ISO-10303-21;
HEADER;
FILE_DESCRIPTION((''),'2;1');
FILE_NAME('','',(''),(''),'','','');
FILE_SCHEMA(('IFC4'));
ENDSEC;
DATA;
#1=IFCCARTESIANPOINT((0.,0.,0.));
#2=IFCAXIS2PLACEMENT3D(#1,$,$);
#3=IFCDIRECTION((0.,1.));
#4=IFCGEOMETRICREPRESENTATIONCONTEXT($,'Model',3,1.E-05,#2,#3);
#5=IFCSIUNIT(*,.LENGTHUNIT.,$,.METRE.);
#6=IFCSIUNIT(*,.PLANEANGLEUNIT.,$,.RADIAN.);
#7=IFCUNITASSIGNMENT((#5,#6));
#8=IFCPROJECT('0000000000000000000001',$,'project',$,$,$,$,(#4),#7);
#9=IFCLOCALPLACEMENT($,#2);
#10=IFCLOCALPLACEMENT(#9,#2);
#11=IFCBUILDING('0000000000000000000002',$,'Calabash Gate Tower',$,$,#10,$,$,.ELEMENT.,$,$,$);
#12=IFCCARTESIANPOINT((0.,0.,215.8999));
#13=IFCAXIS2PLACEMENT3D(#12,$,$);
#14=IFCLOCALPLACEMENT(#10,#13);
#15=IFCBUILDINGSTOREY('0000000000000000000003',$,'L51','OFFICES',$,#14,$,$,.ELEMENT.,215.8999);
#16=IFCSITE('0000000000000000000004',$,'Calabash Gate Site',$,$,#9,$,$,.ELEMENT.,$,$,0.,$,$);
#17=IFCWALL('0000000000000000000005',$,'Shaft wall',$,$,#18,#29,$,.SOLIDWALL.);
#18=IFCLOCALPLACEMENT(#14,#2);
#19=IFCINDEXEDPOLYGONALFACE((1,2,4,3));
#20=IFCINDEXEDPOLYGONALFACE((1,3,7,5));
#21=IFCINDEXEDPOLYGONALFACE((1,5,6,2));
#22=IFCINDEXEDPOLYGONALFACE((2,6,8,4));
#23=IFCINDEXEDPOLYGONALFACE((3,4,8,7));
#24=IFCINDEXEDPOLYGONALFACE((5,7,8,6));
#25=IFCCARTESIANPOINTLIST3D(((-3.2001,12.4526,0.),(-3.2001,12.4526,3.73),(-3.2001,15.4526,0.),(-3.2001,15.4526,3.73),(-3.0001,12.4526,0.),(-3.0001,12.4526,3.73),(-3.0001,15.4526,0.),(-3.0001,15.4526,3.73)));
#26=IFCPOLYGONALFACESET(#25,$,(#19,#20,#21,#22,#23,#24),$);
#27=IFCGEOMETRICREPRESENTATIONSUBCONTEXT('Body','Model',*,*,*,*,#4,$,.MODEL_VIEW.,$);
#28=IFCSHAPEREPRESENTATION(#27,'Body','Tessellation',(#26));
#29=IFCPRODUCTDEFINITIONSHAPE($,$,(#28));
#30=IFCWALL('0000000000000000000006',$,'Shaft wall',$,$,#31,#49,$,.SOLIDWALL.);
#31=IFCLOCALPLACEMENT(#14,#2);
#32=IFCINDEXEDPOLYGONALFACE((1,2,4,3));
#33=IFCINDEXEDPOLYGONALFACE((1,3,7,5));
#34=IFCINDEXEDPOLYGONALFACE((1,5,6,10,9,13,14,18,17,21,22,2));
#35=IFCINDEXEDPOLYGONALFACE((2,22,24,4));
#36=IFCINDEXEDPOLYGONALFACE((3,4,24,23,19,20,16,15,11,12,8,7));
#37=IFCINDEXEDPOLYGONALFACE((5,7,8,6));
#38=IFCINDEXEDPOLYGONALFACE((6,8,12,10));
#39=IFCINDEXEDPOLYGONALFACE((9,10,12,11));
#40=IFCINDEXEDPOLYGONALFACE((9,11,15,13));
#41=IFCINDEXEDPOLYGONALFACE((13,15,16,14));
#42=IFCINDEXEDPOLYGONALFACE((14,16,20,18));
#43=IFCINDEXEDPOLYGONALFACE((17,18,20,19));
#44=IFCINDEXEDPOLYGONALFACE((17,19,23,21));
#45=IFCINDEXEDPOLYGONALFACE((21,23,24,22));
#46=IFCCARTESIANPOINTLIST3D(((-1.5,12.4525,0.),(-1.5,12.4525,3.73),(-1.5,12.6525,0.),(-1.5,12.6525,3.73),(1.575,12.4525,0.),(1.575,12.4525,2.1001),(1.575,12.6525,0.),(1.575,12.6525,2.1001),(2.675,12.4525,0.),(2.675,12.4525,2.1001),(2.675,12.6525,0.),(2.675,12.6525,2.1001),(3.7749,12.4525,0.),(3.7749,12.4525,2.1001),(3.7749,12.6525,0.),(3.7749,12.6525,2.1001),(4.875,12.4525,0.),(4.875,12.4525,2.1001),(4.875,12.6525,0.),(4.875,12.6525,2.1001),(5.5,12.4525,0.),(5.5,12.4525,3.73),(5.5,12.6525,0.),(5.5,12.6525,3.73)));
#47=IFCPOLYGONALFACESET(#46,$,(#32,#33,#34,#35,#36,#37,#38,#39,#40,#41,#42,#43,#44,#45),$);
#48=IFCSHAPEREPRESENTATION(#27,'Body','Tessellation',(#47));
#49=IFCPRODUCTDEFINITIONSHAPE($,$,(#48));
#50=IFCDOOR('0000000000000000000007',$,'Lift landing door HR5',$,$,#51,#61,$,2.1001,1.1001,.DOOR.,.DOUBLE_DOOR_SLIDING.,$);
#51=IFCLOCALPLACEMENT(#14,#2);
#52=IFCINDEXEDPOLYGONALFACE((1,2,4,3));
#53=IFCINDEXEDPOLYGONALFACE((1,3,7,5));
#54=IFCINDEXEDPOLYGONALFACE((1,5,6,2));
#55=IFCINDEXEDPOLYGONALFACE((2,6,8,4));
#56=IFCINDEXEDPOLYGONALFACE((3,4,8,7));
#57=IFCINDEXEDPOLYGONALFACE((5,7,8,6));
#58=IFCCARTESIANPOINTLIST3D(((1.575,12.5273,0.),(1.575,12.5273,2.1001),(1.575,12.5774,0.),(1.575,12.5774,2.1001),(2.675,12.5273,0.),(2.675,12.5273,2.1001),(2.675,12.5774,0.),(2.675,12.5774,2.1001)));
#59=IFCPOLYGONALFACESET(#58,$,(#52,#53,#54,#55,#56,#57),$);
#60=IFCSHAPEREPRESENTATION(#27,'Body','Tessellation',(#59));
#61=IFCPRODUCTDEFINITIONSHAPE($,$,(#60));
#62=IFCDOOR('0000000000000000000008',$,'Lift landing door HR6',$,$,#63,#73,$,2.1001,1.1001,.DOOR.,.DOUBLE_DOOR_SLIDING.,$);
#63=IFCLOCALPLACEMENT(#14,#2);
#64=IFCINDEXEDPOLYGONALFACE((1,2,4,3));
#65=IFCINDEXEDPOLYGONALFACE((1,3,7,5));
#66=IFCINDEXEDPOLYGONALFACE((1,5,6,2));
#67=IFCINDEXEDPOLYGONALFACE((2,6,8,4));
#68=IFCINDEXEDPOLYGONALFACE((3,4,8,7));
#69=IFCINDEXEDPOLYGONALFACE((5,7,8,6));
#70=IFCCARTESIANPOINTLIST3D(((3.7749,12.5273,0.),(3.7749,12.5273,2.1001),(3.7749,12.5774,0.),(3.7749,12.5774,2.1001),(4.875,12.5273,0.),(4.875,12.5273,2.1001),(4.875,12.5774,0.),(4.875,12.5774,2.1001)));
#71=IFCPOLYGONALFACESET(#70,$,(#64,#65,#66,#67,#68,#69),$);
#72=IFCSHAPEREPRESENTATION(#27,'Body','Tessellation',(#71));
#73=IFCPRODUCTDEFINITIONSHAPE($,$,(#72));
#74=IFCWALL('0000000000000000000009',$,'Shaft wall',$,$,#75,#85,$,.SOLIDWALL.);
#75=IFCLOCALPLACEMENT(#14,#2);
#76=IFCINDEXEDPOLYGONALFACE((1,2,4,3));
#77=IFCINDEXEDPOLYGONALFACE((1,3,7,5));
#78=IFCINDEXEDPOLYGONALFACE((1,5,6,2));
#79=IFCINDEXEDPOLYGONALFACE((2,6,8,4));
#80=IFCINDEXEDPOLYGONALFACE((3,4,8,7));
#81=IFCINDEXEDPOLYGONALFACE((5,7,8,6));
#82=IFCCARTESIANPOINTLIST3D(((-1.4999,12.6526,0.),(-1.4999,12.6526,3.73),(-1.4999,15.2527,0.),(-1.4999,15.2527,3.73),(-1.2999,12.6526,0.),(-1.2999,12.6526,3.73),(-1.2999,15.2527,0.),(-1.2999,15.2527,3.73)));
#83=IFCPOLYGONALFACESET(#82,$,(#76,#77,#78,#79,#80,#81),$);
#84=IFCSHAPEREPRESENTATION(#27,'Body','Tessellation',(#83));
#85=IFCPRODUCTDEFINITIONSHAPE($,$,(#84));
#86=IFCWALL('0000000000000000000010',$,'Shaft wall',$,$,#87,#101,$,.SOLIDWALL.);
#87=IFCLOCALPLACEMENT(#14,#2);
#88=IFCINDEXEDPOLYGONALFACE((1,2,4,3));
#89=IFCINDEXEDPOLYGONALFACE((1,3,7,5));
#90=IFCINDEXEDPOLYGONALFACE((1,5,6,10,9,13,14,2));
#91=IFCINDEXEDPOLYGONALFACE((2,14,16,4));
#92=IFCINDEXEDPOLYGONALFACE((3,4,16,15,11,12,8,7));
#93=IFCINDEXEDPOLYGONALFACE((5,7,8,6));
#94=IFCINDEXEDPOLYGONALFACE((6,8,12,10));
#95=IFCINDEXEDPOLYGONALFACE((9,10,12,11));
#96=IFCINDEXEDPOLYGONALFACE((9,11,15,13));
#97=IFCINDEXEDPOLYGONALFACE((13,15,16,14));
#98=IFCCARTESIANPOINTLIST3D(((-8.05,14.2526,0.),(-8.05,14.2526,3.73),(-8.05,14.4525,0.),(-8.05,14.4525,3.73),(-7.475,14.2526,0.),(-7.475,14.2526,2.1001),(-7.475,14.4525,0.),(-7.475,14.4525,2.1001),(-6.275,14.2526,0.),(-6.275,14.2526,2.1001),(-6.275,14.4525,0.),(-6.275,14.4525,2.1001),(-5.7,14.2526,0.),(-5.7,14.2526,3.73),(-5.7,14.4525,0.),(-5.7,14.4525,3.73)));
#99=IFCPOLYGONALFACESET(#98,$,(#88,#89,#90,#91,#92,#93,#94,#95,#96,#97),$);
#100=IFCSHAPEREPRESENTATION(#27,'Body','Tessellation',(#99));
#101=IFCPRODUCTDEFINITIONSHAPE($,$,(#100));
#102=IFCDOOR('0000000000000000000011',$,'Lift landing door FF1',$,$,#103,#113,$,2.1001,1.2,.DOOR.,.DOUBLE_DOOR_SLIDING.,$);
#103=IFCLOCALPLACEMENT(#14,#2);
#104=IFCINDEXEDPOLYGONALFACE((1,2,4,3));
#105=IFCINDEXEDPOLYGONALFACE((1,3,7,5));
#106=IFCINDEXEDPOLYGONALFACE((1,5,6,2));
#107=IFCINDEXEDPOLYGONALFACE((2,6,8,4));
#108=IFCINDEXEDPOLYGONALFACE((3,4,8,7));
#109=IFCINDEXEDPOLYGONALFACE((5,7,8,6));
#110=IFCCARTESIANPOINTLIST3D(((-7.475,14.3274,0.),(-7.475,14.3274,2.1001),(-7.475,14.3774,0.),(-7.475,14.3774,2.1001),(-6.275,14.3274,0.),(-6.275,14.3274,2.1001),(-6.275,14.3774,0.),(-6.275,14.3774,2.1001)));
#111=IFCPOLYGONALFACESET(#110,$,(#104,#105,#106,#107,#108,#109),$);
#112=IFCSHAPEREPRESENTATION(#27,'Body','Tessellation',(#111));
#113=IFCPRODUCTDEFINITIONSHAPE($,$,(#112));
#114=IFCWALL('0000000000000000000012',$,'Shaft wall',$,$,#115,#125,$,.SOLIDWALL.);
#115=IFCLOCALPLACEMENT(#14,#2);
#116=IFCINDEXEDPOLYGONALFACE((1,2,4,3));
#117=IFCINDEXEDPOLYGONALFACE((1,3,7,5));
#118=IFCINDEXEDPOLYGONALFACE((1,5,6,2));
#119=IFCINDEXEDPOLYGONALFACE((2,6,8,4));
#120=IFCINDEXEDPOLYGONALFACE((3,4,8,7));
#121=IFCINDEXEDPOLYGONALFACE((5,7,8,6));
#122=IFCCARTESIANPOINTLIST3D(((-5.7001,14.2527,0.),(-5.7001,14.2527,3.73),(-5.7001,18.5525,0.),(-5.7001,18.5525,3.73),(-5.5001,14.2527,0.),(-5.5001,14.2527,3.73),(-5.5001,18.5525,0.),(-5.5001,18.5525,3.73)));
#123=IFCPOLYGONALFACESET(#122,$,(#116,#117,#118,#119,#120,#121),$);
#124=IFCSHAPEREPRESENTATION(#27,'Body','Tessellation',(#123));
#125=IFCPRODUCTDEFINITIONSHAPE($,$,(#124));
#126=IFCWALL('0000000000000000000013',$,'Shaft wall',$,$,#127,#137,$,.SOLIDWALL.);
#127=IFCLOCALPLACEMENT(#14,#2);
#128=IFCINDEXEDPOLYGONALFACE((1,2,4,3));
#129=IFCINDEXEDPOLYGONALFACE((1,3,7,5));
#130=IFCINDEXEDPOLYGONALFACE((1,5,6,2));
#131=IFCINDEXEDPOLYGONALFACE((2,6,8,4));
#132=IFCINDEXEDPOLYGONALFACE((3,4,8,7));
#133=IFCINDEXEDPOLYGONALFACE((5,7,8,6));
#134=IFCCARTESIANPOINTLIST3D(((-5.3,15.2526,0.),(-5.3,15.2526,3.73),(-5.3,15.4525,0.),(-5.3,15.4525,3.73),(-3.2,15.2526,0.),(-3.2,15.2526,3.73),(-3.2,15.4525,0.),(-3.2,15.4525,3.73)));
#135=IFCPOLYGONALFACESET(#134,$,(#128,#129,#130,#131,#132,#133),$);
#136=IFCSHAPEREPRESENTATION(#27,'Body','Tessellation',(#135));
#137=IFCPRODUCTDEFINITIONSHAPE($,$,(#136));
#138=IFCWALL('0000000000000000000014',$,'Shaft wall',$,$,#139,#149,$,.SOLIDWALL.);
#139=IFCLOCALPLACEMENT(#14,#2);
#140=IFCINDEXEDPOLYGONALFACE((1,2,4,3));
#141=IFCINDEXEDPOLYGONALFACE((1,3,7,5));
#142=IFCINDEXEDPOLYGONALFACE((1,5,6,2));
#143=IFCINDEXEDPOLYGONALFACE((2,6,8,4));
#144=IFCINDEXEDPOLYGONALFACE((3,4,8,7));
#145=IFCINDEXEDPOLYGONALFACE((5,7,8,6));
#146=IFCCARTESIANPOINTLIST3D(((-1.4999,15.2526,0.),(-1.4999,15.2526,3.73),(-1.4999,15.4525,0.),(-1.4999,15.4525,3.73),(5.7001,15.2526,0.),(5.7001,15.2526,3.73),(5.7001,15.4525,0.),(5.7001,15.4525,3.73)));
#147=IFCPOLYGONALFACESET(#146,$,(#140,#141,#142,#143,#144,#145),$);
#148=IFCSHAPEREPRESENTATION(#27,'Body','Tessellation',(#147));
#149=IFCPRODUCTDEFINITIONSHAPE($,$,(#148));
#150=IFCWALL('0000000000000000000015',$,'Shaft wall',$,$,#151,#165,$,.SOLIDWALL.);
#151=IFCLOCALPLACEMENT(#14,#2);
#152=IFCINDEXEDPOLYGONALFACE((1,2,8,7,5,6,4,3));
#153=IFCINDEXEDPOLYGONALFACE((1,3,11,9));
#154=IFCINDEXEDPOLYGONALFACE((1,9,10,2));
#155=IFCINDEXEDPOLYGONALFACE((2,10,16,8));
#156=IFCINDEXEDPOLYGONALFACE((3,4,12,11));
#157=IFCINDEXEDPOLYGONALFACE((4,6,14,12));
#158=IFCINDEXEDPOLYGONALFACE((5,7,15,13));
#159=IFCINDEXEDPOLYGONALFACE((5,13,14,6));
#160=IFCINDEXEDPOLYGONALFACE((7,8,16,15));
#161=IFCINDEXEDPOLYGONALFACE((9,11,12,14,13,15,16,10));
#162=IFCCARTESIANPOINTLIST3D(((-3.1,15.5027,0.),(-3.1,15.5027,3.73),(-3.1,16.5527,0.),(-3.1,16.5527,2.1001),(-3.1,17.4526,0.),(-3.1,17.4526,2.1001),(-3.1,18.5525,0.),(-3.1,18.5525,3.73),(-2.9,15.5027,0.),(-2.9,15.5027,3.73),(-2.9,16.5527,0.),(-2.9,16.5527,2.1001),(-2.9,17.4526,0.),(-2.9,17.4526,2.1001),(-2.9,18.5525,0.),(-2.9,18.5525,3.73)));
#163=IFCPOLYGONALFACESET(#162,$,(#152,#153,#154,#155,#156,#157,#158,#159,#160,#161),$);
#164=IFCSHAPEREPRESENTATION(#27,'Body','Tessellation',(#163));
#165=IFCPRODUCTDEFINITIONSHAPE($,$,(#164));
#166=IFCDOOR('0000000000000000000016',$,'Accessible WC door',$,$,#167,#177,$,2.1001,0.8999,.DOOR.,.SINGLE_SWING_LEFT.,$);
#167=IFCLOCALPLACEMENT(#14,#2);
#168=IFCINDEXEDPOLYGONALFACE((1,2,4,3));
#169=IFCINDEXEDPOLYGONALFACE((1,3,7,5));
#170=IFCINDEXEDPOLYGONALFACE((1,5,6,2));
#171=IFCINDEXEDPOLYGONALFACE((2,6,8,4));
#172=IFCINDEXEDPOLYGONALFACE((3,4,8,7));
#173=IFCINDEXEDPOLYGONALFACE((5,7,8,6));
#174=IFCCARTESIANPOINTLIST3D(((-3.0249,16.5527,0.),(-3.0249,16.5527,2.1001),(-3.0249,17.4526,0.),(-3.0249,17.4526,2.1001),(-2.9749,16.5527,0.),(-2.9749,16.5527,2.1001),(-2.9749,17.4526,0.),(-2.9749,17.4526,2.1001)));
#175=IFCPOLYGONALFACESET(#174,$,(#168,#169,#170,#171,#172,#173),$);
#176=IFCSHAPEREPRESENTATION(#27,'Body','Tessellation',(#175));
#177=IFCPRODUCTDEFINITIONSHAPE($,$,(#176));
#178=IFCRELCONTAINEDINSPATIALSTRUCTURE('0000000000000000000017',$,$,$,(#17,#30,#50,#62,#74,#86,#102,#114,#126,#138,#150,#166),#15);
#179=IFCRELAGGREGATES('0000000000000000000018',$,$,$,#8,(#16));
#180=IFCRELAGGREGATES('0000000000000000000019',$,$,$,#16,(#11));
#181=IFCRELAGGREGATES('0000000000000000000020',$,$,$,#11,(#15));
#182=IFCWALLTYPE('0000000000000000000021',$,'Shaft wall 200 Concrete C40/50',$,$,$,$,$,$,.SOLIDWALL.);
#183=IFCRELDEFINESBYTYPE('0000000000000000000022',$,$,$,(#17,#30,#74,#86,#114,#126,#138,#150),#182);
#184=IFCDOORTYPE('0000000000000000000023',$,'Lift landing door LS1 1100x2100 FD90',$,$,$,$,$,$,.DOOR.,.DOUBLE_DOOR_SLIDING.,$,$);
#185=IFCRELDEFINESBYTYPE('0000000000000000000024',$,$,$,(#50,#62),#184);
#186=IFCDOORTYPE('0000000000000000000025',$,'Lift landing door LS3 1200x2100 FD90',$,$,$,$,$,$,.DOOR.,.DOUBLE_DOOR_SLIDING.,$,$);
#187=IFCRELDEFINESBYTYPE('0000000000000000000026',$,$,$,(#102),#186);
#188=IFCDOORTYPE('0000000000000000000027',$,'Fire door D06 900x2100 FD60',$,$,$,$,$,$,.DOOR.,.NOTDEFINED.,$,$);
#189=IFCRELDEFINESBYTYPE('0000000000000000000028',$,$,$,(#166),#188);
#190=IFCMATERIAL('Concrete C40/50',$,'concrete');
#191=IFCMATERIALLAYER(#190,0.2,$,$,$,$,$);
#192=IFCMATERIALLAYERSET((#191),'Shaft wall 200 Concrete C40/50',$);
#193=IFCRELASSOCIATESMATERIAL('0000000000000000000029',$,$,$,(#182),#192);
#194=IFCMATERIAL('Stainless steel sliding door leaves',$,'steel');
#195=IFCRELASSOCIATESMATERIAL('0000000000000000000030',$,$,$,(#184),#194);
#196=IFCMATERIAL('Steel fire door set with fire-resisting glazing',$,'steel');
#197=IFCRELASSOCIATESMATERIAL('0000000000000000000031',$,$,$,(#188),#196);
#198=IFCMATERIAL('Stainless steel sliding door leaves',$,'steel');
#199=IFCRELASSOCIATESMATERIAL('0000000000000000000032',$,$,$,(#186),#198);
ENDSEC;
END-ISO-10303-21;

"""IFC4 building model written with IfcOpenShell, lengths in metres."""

from ifc_helpers import new_model, si_unit, direction, frame, frame_2d, origin, place, context, subcontext, project, spatial, rectangle, extrude, material, layer, layer_set, type_object, element, fill, save


model = new_model("IFC4")

# Units and contexts
model_context = context("Model", 3, precision=1e-05, world=origin(), true_north=direction((0.0, 1.0)))
body_context = subcontext(model_context, "Body", "Model", "MODEL_VIEW")
ifc_project = project(units=[si_unit("LENGTHUNIT", "METRE"), si_unit("PLANEANGLEUNIT", "RADIAN")], contexts=[model_context])

# Site, building, storey
site_placement = place(None, origin())
site = spatial("IfcSite", under=ifc_project, at=site_placement, Name="Calabash Gate Site", CompositionType="ELEMENT", RefElevation=0.0)
building_placement = place(site_placement, origin())
building = spatial("IfcBuilding", under=site, at=building_placement, Name="Calabash Gate Tower", CompositionType="ELEMENT")
storey_placement = place(building_placement, frame((0.0, 0.0, 215.8999)))
storey = spatial("IfcBuildingStorey", under=building, at=storey_placement, Name="L51", Description="OFFICES", CompositionType="ELEMENT", Elevation=215.8999)

# Shared definitions
ifc_material_1 = material(Name="Concrete C40/50", Category="concrete")
ifc_layer = layer(ifc_material_1, 0.2)
ifc_layer_set = layer_set([ifc_layer], Name="Shaft wall 200 Concrete C40/50")
wall_type = type_object("IfcWallType", Name="Shaft wall 200 Concrete C40/50", PredefinedType="SOLIDWALL", material=ifc_layer_set)

# Shared definitions
ifc_material_2 = material(Name="Stainless steel sliding door leaves", Category="steel")
door_type_1 = type_object("IfcDoorType", Name="Lift landing door LS1 1100x2100 FD90", OperationType="DOUBLE_DOOR_SLIDING", PredefinedType="DOOR", material=ifc_material_2)

# Shared definitions
ifc_material_3 = material(Name="Steel fire door set with fire-resisting glazing", Category="steel")
door_type_2 = type_object("IfcDoorType", Name="Fire door D06 900x2100 FD60", OperationType="NOTDEFINED", PredefinedType="DOOR", material=ifc_material_3)

# Wall
wall_1_placement = place(storey_placement, frame((-3.1001, 12.4526, 0.0), z_axis=(0.0, 0.0, 1.0), x_axis=(0.0, 1.0, 0.0)))
element("IfcWall", 1, at=wall_1_placement, inside=storey, type_object=wall_type, Name="Shaft wall", PredefinedType="SOLIDWALL", context=body_context, shape_type="SweptSolid", body=[
    extrude(rectangle(XDim=3.0, YDim=0.2, at=frame_2d((1.5, 0.0))), origin(), (0.0, 0.0, 1.0), 3.73),
])

# Wall, openings, doors
wall_2_placement = place(storey_placement, frame((-1.5, 12.5525, 0.0), z_axis=(0.0, 0.0, 1.0), x_axis=(1.0, 0.0, 0.0)))
wall_2 = element("IfcWall", 2, at=wall_2_placement, inside=storey, type_object=wall_type, Name="Shaft wall", PredefinedType="SOLIDWALL", context=body_context, shape_type="SweptSolid", body=[
    extrude(rectangle(XDim=7.0, YDim=0.2, at=frame_2d((3.5, 0.0))), origin(), (0.0, 0.0, 1.0), 3.73),
])
opening_1_placement = place(wall_2_placement, frame((3.075, 0.0, 0.0)))
opening_1 = element("IfcOpeningElement", 3, at=opening_1_placement, cuts=wall_2, PredefinedType="OPENING", context=body_context, shape_type="SweptSolid", body=[
    extrude(rectangle(XDim=1.1001, YDim=2.1001, at=frame_2d((0.55, 1.05))), frame((0.0, 0.1099, 0.0), z_axis=(0.0, -1.0, 0.0), x_axis=(1.0, 0.0, 0.0)), (0.0, 0.0, 1.0), 0.22),
])
opening_2_placement = place(wall_2_placement, frame((5.2749, 0.0, 0.0)))
opening_2 = element("IfcOpeningElement", 4, at=opening_2_placement, cuts=wall_2, PredefinedType="OPENING", context=body_context, shape_type="SweptSolid", body=[
    extrude(rectangle(XDim=1.1001, YDim=2.1001, at=frame_2d((0.55, 1.05))), frame((0.0, 0.1099, 0.0), z_axis=(0.0, -1.0, 0.0), x_axis=(1.0, 0.0, 0.0)), (0.0, 0.0, 1.0), 0.22),
])
door_1_placement = place(opening_1_placement, origin())
door_1 = element("IfcDoor", 5, at=door_1_placement, inside=storey, type_object=door_type_1, Name="Lift landing door HR5", OperationType="DOUBLE_DOOR_SLIDING", OverallHeight=2.1001, OverallWidth=1.1001, PredefinedType="DOOR", context=body_context, shape_type="SweptSolid", body=[
    extrude(rectangle(XDim=1.1001, YDim=2.1001, at=frame_2d((0.55, 1.05))), frame((0.0, 0.0249, 0.0), z_axis=(0.0, -1.0, 0.0), x_axis=(1.0, 0.0, 0.0)), (0.0, 0.0, 1.0), 0.05),
])
fill(opening_1, door_1)
door_2_placement = place(opening_2_placement, origin())
door_2 = element("IfcDoor", 6, at=door_2_placement, inside=storey, type_object=door_type_1, Name="Lift landing door HR6", OperationType="DOUBLE_DOOR_SLIDING", OverallHeight=2.1001, OverallWidth=1.1001, PredefinedType="DOOR", context=body_context, shape_type="SweptSolid", body=[
    extrude(rectangle(XDim=1.1001, YDim=2.1001, at=frame_2d((0.55, 1.05))), frame((0.0, 0.0249, 0.0), z_axis=(0.0, -1.0, 0.0), x_axis=(1.0, 0.0, 0.0)), (0.0, 0.0, 1.0), 0.05),
])
fill(opening_2, door_2)

# Wall
wall_3_placement = place(storey_placement, frame((-1.3999, 12.6526, 0.0), z_axis=(0.0, 0.0, 1.0), x_axis=(0.0, 1.0, 0.0)))
element("IfcWall", 7, at=wall_3_placement, inside=storey, type_object=wall_type, Name="Shaft wall", PredefinedType="SOLIDWALL", context=body_context, shape_type="SweptSolid", body=[
    extrude(rectangle(XDim=2.6001, YDim=0.2, at=frame_2d((1.3, 0.0))), origin(), (0.0, 0.0, 1.0), 3.73),
])

# Wall, opening, door
wall_4_placement = place(storey_placement, frame((-8.05, 14.3525, 0.0), z_axis=(0.0, 0.0, 1.0), x_axis=(1.0, 0.0, 0.0)))
wall_4 = element("IfcWall", 8, at=wall_4_placement, inside=storey, type_object=wall_type, Name="Shaft wall", PredefinedType="SOLIDWALL", context=body_context, shape_type="SweptSolid", body=[
    extrude(rectangle(XDim=2.3501, YDim=0.2, at=frame_2d((1.175, 0.0))), origin(), (0.0, 0.0, 1.0), 3.73),
])
opening_3_placement = place(wall_4_placement, frame((0.575, 0.0, 0.0)))
opening_3 = element("IfcOpeningElement", 9, at=opening_3_placement, cuts=wall_4, PredefinedType="OPENING", context=body_context, shape_type="SweptSolid", body=[
    extrude(rectangle(XDim=1.2, YDim=2.1001, at=frame_2d((0.6001, 1.05))), frame((0.0, 0.1099, 0.0), z_axis=(0.0, -1.0, 0.0), x_axis=(1.0, 0.0, 0.0)), (0.0, 0.0, 1.0), 0.22),
])
ifc_material_4 = material(Name="Stainless steel sliding door leaves", Category="steel")
door_type_3 = type_object("IfcDoorType", Name="Lift landing door LS3 1200x2100 FD90", OperationType="DOUBLE_DOOR_SLIDING", PredefinedType="DOOR", material=ifc_material_4)
door_3_placement = place(opening_3_placement, origin())
door_3 = element("IfcDoor", 10, at=door_3_placement, inside=storey, type_object=door_type_3, Name="Lift landing door FF1", OperationType="DOUBLE_DOOR_SLIDING", OverallHeight=2.1001, OverallWidth=1.2, PredefinedType="DOOR", context=body_context, shape_type="SweptSolid", body=[
    extrude(rectangle(XDim=1.2, YDim=2.1001, at=frame_2d((0.6001, 1.05))), frame((0.0, 0.0249, 0.0), z_axis=(0.0, -1.0, 0.0), x_axis=(1.0, 0.0, 0.0)), (0.0, 0.0, 1.0), 0.05),
])
fill(opening_3, door_3)

# Walls
wall_5_placement = place(storey_placement, frame((-5.6001, 14.2527, 0.0), z_axis=(0.0, 0.0, 1.0), x_axis=(0.0, 1.0, 0.0)))
element("IfcWall", 11, at=wall_5_placement, inside=storey, type_object=wall_type, Name="Shaft wall", PredefinedType="SOLIDWALL", context=body_context, shape_type="SweptSolid", body=[
    extrude(rectangle(XDim=4.2998, YDim=0.2, at=frame_2d((2.1499, 0.0))), origin(), (0.0, 0.0, 1.0), 3.73),
])
wall_6_placement = place(storey_placement, frame((-5.3, 15.3525, 0.0), z_axis=(0.0, 0.0, 1.0), x_axis=(1.0, 0.0, 0.0)))
element("IfcWall", 12, at=wall_6_placement, inside=storey, type_object=wall_type, Name="Shaft wall", PredefinedType="SOLIDWALL", context=body_context, shape_type="SweptSolid", body=[
    extrude(rectangle(XDim=2.1001, YDim=0.2, at=frame_2d((1.05, 0.0))), origin(), (0.0, 0.0, 1.0), 3.73),
])
wall_7_placement = place(storey_placement, frame((-1.5, 15.3525, 0.0), z_axis=(0.0, 0.0, 1.0), x_axis=(1.0, 0.0, 0.0)))
element("IfcWall", 13, at=wall_7_placement, inside=storey, type_object=wall_type, Name="Shaft wall", PredefinedType="SOLIDWALL", context=body_context, shape_type="SweptSolid", body=[
    extrude(rectangle(XDim=7.2, YDim=0.2, at=frame_2d((3.6001, 0.0))), origin(), (0.0, 0.0, 1.0), 3.73),
])

# Wall, opening, door
wall_8_placement = place(storey_placement, frame((-3.0, 15.5027, 0.0), z_axis=(0.0, 0.0, 1.0), x_axis=(0.0, 1.0, 0.0)))
wall_8 = element("IfcWall", 14, at=wall_8_placement, inside=storey, type_object=wall_type, Name="Shaft wall", PredefinedType="SOLIDWALL", context=body_context, shape_type="SweptSolid", body=[
    extrude(rectangle(XDim=3.0498, YDim=0.2, at=frame_2d((1.5249, 0.0))), origin(), (0.0, 0.0, 1.0), 3.73),
])
opening_4_placement = place(wall_8_placement, frame((1.05, 0.0, 0.0)))
opening_4 = element("IfcOpeningElement", 15, at=opening_4_placement, cuts=wall_8, PredefinedType="OPENING", context=body_context, shape_type="SweptSolid", body=[
    extrude(rectangle(XDim=0.8999, YDim=2.1001, at=frame_2d((0.45, 1.05))), frame((0.0, 0.1099, 0.0), z_axis=(0.0, -1.0, 0.0), x_axis=(1.0, 0.0, 0.0)), (0.0, 0.0, 1.0), 0.22),
])
door_4_placement = place(opening_4_placement, origin())
door_4 = element("IfcDoor", 16, at=door_4_placement, inside=storey, type_object=door_type_2, Name="Accessible WC door", OperationType="SINGLE_SWING_LEFT", OverallHeight=2.1001, OverallWidth=0.8999, PredefinedType="DOOR", context=body_context, shape_type="SweptSolid", body=[
    extrude(rectangle(XDim=0.8999, YDim=2.1001, at=frame_2d((0.45, 1.05))), frame((0.0, 0.0249, 0.0), z_axis=(0.0, -1.0, 0.0), x_axis=(1.0, 0.0, 0.0)), (0.0, 0.0, 1.0), 0.05),
])
fill(opening_4, door_4)

save(model, "model.ifc")
